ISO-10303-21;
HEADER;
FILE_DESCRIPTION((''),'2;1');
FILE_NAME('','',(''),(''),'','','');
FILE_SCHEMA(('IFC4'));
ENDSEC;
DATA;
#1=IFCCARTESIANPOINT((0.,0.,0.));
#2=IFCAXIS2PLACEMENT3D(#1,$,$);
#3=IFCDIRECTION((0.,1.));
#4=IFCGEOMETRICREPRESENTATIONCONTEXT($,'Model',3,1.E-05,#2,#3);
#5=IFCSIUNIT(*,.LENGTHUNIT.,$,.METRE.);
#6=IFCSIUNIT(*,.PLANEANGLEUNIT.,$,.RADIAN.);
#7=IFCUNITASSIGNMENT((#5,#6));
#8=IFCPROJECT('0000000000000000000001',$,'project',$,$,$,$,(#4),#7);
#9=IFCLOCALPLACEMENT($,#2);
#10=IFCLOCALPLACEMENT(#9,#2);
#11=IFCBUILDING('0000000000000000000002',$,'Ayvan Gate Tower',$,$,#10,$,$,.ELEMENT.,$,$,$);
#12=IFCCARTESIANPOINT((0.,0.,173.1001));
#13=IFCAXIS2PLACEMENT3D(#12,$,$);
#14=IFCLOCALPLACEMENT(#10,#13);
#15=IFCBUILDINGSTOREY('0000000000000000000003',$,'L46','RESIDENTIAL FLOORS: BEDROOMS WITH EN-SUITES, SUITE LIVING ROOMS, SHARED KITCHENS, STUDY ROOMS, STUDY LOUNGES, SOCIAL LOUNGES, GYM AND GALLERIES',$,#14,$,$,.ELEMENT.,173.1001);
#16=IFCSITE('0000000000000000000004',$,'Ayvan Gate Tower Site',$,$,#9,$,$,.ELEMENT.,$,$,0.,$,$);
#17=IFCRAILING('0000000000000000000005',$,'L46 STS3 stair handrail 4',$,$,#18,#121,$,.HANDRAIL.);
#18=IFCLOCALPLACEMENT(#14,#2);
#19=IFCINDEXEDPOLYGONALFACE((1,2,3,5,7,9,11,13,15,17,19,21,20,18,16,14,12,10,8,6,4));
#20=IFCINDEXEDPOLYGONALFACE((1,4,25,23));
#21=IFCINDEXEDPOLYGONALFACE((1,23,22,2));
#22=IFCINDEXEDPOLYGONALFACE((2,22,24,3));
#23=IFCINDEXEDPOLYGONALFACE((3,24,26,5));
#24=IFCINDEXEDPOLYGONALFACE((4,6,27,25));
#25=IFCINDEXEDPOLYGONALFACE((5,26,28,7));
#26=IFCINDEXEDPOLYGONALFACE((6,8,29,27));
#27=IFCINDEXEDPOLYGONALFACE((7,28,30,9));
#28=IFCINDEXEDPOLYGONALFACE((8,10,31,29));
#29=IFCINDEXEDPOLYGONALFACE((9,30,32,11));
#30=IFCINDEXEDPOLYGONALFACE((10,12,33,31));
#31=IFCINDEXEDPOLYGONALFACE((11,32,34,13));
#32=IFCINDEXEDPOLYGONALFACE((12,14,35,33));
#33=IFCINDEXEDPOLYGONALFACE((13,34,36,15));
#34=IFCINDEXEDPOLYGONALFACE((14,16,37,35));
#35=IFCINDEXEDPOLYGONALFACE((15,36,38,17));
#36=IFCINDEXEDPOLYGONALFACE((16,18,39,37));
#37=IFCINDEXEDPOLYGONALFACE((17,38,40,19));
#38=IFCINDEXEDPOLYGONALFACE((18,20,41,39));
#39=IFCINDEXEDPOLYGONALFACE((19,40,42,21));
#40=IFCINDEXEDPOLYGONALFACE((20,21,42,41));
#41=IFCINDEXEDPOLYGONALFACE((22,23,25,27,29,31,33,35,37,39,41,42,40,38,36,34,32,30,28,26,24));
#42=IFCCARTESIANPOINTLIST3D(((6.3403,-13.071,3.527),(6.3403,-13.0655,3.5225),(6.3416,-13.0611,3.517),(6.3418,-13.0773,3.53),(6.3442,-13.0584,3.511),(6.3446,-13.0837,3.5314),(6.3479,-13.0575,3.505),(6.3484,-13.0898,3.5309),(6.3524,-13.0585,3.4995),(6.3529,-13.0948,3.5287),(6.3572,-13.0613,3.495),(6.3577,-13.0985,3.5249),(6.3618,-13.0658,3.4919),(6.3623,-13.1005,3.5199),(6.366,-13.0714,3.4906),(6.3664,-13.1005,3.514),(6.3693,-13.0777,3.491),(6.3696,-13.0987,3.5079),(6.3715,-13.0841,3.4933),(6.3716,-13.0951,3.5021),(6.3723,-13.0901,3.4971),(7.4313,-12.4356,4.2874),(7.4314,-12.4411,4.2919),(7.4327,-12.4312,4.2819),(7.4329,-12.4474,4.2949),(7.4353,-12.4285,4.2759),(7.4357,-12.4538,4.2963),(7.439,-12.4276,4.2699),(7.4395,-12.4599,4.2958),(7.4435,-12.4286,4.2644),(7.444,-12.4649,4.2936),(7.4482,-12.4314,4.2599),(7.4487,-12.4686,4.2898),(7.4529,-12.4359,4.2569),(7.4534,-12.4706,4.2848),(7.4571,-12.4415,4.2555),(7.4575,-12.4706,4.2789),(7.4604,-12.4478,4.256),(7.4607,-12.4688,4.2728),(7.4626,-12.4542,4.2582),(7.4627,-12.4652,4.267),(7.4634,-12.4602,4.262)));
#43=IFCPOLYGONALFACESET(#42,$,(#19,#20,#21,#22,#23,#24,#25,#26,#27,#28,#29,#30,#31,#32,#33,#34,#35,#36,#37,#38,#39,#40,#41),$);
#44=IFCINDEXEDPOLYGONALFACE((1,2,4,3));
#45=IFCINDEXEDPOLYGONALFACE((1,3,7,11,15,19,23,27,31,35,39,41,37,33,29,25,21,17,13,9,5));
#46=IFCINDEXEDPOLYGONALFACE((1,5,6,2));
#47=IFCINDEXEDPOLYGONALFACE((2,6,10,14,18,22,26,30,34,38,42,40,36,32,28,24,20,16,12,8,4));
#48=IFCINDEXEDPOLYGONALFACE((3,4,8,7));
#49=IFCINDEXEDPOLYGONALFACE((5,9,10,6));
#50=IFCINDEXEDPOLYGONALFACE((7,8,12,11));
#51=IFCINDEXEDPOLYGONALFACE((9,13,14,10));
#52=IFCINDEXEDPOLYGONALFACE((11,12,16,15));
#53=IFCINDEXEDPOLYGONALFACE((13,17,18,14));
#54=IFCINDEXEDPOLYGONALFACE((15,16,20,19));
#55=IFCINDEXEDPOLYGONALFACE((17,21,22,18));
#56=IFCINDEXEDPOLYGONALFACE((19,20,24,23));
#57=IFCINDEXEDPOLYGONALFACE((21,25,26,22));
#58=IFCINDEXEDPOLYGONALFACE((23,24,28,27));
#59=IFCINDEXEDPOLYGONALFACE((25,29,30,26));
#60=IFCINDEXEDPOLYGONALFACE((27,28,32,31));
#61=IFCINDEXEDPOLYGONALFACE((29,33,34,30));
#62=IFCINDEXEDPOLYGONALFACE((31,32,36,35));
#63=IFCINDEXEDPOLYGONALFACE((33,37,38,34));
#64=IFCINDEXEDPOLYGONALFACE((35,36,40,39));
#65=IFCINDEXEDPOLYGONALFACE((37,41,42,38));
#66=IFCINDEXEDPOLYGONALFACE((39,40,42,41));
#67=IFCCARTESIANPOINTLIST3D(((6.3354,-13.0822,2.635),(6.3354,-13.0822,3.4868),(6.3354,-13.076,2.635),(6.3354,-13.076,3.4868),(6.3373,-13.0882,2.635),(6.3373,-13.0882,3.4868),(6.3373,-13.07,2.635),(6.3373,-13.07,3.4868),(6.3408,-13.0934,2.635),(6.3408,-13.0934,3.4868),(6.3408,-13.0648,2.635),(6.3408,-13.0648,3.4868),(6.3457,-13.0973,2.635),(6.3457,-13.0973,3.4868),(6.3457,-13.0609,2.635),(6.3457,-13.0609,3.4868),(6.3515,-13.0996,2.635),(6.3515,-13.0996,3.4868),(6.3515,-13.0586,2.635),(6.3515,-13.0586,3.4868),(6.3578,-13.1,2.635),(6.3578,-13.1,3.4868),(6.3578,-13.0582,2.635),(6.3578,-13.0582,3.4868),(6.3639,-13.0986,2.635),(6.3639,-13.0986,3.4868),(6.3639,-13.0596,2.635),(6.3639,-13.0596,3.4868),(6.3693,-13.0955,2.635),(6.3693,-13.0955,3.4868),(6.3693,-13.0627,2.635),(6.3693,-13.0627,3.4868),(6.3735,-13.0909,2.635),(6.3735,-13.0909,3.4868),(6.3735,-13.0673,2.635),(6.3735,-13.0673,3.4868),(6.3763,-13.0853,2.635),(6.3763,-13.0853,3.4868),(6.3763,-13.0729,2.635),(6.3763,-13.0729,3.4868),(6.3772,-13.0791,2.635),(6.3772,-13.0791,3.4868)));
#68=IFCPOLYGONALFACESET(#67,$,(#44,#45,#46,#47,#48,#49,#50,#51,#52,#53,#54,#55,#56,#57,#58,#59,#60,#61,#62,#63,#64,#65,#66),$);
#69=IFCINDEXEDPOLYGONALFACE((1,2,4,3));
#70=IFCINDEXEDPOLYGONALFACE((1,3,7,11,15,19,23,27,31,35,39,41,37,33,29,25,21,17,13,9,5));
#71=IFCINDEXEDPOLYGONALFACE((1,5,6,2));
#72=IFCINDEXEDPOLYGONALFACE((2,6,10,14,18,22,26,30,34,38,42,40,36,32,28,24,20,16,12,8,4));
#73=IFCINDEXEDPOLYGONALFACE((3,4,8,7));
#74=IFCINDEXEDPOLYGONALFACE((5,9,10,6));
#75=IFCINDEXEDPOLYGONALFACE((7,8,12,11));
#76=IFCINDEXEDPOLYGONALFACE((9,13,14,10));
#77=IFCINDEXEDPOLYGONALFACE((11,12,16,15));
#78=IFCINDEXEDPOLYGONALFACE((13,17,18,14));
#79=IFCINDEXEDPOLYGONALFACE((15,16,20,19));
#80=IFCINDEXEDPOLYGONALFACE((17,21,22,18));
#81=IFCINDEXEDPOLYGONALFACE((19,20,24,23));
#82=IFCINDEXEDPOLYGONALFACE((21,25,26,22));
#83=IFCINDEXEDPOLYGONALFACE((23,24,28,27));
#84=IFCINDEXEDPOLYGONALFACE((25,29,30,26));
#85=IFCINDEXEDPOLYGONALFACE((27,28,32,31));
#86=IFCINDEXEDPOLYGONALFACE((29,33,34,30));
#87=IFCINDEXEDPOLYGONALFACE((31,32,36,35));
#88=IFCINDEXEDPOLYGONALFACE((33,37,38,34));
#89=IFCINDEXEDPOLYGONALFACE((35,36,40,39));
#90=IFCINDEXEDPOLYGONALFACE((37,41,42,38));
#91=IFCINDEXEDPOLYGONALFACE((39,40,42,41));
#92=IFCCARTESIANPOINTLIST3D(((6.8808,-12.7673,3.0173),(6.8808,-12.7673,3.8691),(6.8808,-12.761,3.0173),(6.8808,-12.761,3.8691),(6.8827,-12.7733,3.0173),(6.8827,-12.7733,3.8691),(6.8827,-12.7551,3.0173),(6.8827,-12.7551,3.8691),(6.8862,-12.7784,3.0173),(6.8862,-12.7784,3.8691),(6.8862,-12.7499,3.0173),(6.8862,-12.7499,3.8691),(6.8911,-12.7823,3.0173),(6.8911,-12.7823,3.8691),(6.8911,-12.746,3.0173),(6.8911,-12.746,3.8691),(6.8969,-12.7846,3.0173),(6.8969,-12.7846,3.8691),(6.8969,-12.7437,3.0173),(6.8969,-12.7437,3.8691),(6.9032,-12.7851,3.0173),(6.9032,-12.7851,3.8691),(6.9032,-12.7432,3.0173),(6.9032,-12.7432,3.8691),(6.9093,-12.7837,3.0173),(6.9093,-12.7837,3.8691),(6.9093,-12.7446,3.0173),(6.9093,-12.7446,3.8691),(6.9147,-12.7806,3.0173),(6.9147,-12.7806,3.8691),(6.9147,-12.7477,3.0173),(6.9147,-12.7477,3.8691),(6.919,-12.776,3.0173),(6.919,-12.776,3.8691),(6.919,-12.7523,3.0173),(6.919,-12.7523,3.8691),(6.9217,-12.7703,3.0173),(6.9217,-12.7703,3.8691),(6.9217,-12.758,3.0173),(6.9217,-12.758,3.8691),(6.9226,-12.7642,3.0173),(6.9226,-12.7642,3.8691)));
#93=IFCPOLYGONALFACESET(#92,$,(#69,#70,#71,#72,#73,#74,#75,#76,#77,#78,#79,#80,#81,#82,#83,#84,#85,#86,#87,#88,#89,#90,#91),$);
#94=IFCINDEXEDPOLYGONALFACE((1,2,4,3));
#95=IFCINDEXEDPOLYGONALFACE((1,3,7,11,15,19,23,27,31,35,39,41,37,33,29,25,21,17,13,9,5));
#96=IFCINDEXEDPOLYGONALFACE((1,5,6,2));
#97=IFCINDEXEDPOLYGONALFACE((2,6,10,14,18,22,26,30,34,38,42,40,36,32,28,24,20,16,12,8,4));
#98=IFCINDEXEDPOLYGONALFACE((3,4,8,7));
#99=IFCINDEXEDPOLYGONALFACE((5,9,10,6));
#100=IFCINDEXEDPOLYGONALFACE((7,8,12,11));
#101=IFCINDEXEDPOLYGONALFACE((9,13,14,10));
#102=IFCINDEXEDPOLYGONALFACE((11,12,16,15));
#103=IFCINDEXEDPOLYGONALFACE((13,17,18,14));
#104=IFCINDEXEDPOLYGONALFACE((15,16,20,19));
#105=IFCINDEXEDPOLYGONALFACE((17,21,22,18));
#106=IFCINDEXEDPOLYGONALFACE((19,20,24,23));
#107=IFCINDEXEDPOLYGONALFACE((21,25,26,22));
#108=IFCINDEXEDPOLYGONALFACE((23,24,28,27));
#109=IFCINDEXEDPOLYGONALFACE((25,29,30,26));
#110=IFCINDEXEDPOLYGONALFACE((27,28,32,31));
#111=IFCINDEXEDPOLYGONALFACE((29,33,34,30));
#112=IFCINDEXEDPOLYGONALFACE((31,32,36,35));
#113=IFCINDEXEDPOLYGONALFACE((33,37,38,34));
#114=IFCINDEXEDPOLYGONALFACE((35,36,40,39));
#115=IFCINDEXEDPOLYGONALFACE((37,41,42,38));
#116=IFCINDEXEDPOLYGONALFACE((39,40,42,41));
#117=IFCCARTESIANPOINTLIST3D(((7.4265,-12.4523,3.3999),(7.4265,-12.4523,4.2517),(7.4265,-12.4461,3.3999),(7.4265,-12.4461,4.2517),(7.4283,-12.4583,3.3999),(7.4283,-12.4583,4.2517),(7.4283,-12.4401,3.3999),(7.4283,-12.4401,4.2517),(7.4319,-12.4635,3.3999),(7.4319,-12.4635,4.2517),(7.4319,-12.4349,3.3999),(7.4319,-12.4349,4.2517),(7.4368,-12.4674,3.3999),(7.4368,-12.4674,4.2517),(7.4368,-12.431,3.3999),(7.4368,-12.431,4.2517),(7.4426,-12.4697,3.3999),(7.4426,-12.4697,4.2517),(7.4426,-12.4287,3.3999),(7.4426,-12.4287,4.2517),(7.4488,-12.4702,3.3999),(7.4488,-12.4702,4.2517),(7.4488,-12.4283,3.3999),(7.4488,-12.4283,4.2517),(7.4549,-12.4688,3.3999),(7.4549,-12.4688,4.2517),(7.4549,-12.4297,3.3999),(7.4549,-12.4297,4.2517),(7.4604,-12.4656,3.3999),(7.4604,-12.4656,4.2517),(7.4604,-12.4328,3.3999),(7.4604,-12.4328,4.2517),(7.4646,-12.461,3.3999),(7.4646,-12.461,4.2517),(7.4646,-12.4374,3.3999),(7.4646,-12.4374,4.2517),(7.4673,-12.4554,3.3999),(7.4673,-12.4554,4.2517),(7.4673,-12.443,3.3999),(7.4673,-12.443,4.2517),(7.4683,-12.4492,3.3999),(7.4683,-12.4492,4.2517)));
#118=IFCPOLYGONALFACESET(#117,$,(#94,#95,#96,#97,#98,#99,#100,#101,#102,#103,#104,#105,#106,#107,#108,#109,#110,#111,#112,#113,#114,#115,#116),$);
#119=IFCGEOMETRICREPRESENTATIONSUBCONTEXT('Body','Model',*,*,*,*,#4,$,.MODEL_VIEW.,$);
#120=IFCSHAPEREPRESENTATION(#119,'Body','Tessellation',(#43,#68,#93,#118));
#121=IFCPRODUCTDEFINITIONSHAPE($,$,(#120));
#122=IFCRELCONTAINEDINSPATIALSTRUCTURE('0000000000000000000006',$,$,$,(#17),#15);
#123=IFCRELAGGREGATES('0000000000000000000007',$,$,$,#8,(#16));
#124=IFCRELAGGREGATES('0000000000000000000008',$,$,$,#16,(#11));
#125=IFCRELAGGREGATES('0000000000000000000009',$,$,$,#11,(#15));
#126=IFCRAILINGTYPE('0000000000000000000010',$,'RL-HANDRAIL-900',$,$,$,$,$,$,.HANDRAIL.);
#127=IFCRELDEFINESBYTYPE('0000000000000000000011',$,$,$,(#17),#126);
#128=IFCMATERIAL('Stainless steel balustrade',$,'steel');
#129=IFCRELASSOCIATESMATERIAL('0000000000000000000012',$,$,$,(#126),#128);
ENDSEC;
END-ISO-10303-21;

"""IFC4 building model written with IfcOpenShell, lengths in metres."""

from ifc_helpers import new_model, si_unit, direction, frame, origin, origin_2d, place, context, subcontext, project, spatial, circle, extrude, material, type_object, element, save


model = new_model("IFC4")

# Units and contexts
model_context = context("Model", 3, precision=1e-05, world=origin(), true_north=direction((0.0, 1.0)))
body_context = subcontext(model_context, "Body", "Model", "MODEL_VIEW")
ifc_project = project(units=[si_unit("LENGTHUNIT", "METRE"), si_unit("PLANEANGLEUNIT", "RADIAN")], contexts=[model_context])

# Site, building, storey
site_placement = place(None, origin())
site = spatial("IfcSite", under=ifc_project, at=site_placement, Name="Ayvan Gate Tower Site", CompositionType="ELEMENT", RefElevation=0.0)
building_placement = place(site_placement, origin())
building = spatial("IfcBuilding", under=site, at=building_placement, Name="Ayvan Gate Tower", CompositionType="ELEMENT")
storey_placement = place(building_placement, frame((0.0, 0.0, 173.1001)))
storey = spatial("IfcBuildingStorey", under=building, at=storey_placement, Name="L46", Description="RESIDENTIAL FLOORS: BEDROOMS WITH EN-SUITES, SUITE LIVING ROOMS, SHARED KITCHENS, STUDY ROOMS, STUDY LOUNGES, SOCIAL LOUNGES, GYM AND GALLERIES", CompositionType="ELEMENT", Elevation=173.1001)

# Railing
ifc_material_1 = material(Name="Stainless steel balustrade", Category="steel")
railing_type = type_object("IfcRailingType", Name="RL-HANDRAIL-900", PredefinedType="HANDRAIL", material=ifc_material_1)
railing_placement = place(storey_placement, frame((6.3562, -13.0791, 2.635)))
element("IfcRailing", 1, at=railing_placement, inside=storey, type_object=railing_type, Name="L46 STS3 stair handrail 4", PredefinedType="HANDRAIL", context=body_context, shape_type="SweptSolid", body=[
    extrude(circle(Radius=0.0239, at=origin_2d()), frame((0.0, 0.0, 0.876), z_axis=(0.740282, 0.427372, 0.518976), x_axis=(-0.499974, 0.86604, 0.0)), (0.0, 0.0, 1.0), 1.4739),
    extrude(circle(Radius=0.021, at=origin_2d()), origin(), (0.0, 0.0, 1.0), 0.8518),
    extrude(circle(Radius=0.021, at=origin_2d()), frame((0.5454, 0.3149, 0.3823)), (0.0, 0.0, 1.0), 0.8518),
    extrude(circle(Radius=0.021, at=origin_2d()), frame((1.0911, 0.6299, 0.7649)), (0.0, 0.0, 1.0), 0.8518),
])

save(model, "model.ifc")
